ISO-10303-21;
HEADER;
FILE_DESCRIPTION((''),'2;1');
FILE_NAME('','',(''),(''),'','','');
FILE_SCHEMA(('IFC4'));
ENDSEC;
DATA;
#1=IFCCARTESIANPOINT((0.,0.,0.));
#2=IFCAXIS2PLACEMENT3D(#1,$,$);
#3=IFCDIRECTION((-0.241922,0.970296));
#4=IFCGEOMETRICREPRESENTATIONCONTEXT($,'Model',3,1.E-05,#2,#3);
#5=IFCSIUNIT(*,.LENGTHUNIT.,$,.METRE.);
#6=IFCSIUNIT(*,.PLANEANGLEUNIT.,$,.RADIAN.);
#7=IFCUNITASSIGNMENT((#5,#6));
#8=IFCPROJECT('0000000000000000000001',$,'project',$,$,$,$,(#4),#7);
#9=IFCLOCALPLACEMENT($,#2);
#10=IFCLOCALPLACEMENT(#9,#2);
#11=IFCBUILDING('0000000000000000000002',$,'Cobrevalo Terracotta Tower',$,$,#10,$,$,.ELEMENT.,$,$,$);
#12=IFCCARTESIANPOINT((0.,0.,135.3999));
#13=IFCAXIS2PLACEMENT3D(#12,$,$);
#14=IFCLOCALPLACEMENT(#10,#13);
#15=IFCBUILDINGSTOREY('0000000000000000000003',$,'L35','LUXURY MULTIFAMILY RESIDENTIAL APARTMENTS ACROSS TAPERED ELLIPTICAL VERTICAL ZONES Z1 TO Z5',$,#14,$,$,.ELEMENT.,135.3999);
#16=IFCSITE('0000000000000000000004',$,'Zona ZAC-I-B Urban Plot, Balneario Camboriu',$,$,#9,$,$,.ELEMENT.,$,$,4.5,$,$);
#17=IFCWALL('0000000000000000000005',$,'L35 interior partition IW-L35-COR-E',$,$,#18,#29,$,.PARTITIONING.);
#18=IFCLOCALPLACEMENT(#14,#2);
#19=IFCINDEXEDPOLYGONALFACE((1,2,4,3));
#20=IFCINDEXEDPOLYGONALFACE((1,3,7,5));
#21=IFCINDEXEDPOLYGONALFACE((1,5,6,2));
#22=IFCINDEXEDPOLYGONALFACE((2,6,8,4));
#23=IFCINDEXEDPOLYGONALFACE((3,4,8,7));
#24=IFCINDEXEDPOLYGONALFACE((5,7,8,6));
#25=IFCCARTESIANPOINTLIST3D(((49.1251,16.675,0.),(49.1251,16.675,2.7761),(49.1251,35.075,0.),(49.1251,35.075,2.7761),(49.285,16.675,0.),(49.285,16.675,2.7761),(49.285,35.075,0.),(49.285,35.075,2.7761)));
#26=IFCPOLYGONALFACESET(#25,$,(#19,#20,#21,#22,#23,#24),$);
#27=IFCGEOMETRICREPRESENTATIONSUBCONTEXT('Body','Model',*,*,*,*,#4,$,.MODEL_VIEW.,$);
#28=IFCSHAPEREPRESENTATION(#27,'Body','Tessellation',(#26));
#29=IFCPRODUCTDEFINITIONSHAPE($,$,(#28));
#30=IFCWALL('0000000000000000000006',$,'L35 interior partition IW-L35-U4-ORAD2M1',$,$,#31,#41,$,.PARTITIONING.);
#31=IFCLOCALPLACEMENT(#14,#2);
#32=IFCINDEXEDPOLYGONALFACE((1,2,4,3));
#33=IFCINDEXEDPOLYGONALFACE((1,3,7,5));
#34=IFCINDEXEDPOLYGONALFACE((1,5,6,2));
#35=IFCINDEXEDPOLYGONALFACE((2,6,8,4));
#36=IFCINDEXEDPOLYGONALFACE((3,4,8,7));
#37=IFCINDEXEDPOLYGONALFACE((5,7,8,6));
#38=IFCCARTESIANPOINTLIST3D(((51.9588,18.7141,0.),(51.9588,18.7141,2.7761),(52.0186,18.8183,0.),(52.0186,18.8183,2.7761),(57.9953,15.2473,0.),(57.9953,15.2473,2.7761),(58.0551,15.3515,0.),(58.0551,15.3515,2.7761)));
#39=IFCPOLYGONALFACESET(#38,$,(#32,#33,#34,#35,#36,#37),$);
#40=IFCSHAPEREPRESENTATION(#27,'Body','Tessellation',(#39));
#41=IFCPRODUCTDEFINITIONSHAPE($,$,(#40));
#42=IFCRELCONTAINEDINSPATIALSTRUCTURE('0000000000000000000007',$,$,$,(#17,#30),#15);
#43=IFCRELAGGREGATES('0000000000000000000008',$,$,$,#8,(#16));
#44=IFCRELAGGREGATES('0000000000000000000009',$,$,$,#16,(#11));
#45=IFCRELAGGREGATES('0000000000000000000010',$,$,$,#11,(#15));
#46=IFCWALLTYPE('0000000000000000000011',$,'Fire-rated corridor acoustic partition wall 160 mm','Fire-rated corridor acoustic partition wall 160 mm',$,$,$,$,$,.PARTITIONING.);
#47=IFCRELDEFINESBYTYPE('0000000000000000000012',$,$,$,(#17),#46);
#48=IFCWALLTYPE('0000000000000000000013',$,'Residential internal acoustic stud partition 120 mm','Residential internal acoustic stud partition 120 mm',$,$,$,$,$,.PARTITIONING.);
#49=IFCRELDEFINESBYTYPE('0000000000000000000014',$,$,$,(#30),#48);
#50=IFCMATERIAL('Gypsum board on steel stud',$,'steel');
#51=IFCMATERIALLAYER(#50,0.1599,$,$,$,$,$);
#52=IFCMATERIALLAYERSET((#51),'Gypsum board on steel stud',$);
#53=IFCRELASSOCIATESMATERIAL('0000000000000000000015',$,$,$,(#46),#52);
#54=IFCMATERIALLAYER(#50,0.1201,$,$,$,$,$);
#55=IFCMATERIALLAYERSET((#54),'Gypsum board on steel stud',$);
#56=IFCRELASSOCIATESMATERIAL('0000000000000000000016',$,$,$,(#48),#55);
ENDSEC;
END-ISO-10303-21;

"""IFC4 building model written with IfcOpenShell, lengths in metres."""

from ifc_helpers import new_model, si_unit, direction, frame, frame_2d, origin, place, context, subcontext, project, spatial, rectangle, extrude, material, layer, layer_set, type_object, element, save


model = new_model("IFC4")

# Units and contexts
model_context = context("Model", 3, precision=1e-05, world=origin(), true_north=direction((-0.241922, 0.970296)))
body_context = subcontext(model_context, "Body", "Model", "MODEL_VIEW")
ifc_project = project(units=[si_unit("LENGTHUNIT", "METRE"), si_unit("PLANEANGLEUNIT", "RADIAN")], contexts=[model_context])

# Site, building, storey
site_placement = place(None, origin())
site = spatial("IfcSite", under=ifc_project, at=site_placement, Name="Zona ZAC-I-B Urban Plot, Balneario Camboriu", CompositionType="ELEMENT", RefElevation=4.5)
building_placement = place(site_placement, origin())
building = spatial("IfcBuilding", under=site, at=building_placement, Name="Cobrevalo Terracotta Tower", CompositionType="ELEMENT")
storey_placement = place(building_placement, frame((0.0, 0.0, 135.3999)))
storey = spatial("IfcBuildingStorey", under=building, at=storey_placement, Name="L35", Description="LUXURY MULTIFAMILY RESIDENTIAL APARTMENTS ACROSS TAPERED ELLIPTICAL VERTICAL ZONES Z1 TO Z5", CompositionType="ELEMENT", Elevation=135.3999)

# Walls
ifc_material_1 = material(Name="Gypsum board on steel stud", Category="steel")
ifc_layer_1 = layer(ifc_material_1, 0.1599)
ifc_layer_set_1 = layer_set([ifc_layer_1], Name="Gypsum board on steel stud")
wall_type_1 = type_object("IfcWallType", Name="Fire-rated corridor acoustic partition wall 160 mm", Description="Fire-rated corridor acoustic partition wall 160 mm", PredefinedType="PARTITIONING", material=ifc_layer_set_1)
wall_1_placement = place(storey_placement, frame((49.2051, 16.675, 0.0), z_axis=(0.0, 0.0, 1.0), x_axis=(0.0, 1.0, 0.0)))
element("IfcWall", 1, at=wall_1_placement, inside=storey, type_object=wall_type_1, Name="L35 interior partition IW-L35-COR-E", PredefinedType="PARTITIONING", context=body_context, shape_type="SweptSolid", body=[
    extrude(rectangle(XDim=18.3999, YDim=0.1599, at=frame_2d((9.2, 0.0))), origin(), (0.0, 0.0, 1.0), 2.7761),
])
ifc_layer_2 = layer(ifc_material_1, 0.1201)
ifc_layer_set_2 = layer_set([ifc_layer_2], Name="Gypsum board on steel stud")
wall_type_2 = type_object("IfcWallType", Name="Residential internal acoustic stud partition 120 mm", Description="Residential internal acoustic stud partition 120 mm", PredefinedType="PARTITIONING", material=ifc_layer_set_2)
wall_2_placement = place(storey_placement, frame((51.9888, 18.7661, 0.0), z_axis=(0.0, 0.0, 1.0), x_axis=(0.867171, -0.498011, 0.0)))
element("IfcWall", 2, at=wall_2_placement, inside=storey, type_object=wall_type_2, Name="L35 interior partition IW-L35-U4-ORAD2M1", PredefinedType="PARTITIONING", context=body_context, shape_type="SweptSolid", body=[
    extrude(rectangle(XDim=6.9612, YDim=0.1201, at=frame_2d((3.4805, 0.0))), origin(), (0.0, 0.0, 1.0), 2.7761),
])

save(model, "model.ifc")
